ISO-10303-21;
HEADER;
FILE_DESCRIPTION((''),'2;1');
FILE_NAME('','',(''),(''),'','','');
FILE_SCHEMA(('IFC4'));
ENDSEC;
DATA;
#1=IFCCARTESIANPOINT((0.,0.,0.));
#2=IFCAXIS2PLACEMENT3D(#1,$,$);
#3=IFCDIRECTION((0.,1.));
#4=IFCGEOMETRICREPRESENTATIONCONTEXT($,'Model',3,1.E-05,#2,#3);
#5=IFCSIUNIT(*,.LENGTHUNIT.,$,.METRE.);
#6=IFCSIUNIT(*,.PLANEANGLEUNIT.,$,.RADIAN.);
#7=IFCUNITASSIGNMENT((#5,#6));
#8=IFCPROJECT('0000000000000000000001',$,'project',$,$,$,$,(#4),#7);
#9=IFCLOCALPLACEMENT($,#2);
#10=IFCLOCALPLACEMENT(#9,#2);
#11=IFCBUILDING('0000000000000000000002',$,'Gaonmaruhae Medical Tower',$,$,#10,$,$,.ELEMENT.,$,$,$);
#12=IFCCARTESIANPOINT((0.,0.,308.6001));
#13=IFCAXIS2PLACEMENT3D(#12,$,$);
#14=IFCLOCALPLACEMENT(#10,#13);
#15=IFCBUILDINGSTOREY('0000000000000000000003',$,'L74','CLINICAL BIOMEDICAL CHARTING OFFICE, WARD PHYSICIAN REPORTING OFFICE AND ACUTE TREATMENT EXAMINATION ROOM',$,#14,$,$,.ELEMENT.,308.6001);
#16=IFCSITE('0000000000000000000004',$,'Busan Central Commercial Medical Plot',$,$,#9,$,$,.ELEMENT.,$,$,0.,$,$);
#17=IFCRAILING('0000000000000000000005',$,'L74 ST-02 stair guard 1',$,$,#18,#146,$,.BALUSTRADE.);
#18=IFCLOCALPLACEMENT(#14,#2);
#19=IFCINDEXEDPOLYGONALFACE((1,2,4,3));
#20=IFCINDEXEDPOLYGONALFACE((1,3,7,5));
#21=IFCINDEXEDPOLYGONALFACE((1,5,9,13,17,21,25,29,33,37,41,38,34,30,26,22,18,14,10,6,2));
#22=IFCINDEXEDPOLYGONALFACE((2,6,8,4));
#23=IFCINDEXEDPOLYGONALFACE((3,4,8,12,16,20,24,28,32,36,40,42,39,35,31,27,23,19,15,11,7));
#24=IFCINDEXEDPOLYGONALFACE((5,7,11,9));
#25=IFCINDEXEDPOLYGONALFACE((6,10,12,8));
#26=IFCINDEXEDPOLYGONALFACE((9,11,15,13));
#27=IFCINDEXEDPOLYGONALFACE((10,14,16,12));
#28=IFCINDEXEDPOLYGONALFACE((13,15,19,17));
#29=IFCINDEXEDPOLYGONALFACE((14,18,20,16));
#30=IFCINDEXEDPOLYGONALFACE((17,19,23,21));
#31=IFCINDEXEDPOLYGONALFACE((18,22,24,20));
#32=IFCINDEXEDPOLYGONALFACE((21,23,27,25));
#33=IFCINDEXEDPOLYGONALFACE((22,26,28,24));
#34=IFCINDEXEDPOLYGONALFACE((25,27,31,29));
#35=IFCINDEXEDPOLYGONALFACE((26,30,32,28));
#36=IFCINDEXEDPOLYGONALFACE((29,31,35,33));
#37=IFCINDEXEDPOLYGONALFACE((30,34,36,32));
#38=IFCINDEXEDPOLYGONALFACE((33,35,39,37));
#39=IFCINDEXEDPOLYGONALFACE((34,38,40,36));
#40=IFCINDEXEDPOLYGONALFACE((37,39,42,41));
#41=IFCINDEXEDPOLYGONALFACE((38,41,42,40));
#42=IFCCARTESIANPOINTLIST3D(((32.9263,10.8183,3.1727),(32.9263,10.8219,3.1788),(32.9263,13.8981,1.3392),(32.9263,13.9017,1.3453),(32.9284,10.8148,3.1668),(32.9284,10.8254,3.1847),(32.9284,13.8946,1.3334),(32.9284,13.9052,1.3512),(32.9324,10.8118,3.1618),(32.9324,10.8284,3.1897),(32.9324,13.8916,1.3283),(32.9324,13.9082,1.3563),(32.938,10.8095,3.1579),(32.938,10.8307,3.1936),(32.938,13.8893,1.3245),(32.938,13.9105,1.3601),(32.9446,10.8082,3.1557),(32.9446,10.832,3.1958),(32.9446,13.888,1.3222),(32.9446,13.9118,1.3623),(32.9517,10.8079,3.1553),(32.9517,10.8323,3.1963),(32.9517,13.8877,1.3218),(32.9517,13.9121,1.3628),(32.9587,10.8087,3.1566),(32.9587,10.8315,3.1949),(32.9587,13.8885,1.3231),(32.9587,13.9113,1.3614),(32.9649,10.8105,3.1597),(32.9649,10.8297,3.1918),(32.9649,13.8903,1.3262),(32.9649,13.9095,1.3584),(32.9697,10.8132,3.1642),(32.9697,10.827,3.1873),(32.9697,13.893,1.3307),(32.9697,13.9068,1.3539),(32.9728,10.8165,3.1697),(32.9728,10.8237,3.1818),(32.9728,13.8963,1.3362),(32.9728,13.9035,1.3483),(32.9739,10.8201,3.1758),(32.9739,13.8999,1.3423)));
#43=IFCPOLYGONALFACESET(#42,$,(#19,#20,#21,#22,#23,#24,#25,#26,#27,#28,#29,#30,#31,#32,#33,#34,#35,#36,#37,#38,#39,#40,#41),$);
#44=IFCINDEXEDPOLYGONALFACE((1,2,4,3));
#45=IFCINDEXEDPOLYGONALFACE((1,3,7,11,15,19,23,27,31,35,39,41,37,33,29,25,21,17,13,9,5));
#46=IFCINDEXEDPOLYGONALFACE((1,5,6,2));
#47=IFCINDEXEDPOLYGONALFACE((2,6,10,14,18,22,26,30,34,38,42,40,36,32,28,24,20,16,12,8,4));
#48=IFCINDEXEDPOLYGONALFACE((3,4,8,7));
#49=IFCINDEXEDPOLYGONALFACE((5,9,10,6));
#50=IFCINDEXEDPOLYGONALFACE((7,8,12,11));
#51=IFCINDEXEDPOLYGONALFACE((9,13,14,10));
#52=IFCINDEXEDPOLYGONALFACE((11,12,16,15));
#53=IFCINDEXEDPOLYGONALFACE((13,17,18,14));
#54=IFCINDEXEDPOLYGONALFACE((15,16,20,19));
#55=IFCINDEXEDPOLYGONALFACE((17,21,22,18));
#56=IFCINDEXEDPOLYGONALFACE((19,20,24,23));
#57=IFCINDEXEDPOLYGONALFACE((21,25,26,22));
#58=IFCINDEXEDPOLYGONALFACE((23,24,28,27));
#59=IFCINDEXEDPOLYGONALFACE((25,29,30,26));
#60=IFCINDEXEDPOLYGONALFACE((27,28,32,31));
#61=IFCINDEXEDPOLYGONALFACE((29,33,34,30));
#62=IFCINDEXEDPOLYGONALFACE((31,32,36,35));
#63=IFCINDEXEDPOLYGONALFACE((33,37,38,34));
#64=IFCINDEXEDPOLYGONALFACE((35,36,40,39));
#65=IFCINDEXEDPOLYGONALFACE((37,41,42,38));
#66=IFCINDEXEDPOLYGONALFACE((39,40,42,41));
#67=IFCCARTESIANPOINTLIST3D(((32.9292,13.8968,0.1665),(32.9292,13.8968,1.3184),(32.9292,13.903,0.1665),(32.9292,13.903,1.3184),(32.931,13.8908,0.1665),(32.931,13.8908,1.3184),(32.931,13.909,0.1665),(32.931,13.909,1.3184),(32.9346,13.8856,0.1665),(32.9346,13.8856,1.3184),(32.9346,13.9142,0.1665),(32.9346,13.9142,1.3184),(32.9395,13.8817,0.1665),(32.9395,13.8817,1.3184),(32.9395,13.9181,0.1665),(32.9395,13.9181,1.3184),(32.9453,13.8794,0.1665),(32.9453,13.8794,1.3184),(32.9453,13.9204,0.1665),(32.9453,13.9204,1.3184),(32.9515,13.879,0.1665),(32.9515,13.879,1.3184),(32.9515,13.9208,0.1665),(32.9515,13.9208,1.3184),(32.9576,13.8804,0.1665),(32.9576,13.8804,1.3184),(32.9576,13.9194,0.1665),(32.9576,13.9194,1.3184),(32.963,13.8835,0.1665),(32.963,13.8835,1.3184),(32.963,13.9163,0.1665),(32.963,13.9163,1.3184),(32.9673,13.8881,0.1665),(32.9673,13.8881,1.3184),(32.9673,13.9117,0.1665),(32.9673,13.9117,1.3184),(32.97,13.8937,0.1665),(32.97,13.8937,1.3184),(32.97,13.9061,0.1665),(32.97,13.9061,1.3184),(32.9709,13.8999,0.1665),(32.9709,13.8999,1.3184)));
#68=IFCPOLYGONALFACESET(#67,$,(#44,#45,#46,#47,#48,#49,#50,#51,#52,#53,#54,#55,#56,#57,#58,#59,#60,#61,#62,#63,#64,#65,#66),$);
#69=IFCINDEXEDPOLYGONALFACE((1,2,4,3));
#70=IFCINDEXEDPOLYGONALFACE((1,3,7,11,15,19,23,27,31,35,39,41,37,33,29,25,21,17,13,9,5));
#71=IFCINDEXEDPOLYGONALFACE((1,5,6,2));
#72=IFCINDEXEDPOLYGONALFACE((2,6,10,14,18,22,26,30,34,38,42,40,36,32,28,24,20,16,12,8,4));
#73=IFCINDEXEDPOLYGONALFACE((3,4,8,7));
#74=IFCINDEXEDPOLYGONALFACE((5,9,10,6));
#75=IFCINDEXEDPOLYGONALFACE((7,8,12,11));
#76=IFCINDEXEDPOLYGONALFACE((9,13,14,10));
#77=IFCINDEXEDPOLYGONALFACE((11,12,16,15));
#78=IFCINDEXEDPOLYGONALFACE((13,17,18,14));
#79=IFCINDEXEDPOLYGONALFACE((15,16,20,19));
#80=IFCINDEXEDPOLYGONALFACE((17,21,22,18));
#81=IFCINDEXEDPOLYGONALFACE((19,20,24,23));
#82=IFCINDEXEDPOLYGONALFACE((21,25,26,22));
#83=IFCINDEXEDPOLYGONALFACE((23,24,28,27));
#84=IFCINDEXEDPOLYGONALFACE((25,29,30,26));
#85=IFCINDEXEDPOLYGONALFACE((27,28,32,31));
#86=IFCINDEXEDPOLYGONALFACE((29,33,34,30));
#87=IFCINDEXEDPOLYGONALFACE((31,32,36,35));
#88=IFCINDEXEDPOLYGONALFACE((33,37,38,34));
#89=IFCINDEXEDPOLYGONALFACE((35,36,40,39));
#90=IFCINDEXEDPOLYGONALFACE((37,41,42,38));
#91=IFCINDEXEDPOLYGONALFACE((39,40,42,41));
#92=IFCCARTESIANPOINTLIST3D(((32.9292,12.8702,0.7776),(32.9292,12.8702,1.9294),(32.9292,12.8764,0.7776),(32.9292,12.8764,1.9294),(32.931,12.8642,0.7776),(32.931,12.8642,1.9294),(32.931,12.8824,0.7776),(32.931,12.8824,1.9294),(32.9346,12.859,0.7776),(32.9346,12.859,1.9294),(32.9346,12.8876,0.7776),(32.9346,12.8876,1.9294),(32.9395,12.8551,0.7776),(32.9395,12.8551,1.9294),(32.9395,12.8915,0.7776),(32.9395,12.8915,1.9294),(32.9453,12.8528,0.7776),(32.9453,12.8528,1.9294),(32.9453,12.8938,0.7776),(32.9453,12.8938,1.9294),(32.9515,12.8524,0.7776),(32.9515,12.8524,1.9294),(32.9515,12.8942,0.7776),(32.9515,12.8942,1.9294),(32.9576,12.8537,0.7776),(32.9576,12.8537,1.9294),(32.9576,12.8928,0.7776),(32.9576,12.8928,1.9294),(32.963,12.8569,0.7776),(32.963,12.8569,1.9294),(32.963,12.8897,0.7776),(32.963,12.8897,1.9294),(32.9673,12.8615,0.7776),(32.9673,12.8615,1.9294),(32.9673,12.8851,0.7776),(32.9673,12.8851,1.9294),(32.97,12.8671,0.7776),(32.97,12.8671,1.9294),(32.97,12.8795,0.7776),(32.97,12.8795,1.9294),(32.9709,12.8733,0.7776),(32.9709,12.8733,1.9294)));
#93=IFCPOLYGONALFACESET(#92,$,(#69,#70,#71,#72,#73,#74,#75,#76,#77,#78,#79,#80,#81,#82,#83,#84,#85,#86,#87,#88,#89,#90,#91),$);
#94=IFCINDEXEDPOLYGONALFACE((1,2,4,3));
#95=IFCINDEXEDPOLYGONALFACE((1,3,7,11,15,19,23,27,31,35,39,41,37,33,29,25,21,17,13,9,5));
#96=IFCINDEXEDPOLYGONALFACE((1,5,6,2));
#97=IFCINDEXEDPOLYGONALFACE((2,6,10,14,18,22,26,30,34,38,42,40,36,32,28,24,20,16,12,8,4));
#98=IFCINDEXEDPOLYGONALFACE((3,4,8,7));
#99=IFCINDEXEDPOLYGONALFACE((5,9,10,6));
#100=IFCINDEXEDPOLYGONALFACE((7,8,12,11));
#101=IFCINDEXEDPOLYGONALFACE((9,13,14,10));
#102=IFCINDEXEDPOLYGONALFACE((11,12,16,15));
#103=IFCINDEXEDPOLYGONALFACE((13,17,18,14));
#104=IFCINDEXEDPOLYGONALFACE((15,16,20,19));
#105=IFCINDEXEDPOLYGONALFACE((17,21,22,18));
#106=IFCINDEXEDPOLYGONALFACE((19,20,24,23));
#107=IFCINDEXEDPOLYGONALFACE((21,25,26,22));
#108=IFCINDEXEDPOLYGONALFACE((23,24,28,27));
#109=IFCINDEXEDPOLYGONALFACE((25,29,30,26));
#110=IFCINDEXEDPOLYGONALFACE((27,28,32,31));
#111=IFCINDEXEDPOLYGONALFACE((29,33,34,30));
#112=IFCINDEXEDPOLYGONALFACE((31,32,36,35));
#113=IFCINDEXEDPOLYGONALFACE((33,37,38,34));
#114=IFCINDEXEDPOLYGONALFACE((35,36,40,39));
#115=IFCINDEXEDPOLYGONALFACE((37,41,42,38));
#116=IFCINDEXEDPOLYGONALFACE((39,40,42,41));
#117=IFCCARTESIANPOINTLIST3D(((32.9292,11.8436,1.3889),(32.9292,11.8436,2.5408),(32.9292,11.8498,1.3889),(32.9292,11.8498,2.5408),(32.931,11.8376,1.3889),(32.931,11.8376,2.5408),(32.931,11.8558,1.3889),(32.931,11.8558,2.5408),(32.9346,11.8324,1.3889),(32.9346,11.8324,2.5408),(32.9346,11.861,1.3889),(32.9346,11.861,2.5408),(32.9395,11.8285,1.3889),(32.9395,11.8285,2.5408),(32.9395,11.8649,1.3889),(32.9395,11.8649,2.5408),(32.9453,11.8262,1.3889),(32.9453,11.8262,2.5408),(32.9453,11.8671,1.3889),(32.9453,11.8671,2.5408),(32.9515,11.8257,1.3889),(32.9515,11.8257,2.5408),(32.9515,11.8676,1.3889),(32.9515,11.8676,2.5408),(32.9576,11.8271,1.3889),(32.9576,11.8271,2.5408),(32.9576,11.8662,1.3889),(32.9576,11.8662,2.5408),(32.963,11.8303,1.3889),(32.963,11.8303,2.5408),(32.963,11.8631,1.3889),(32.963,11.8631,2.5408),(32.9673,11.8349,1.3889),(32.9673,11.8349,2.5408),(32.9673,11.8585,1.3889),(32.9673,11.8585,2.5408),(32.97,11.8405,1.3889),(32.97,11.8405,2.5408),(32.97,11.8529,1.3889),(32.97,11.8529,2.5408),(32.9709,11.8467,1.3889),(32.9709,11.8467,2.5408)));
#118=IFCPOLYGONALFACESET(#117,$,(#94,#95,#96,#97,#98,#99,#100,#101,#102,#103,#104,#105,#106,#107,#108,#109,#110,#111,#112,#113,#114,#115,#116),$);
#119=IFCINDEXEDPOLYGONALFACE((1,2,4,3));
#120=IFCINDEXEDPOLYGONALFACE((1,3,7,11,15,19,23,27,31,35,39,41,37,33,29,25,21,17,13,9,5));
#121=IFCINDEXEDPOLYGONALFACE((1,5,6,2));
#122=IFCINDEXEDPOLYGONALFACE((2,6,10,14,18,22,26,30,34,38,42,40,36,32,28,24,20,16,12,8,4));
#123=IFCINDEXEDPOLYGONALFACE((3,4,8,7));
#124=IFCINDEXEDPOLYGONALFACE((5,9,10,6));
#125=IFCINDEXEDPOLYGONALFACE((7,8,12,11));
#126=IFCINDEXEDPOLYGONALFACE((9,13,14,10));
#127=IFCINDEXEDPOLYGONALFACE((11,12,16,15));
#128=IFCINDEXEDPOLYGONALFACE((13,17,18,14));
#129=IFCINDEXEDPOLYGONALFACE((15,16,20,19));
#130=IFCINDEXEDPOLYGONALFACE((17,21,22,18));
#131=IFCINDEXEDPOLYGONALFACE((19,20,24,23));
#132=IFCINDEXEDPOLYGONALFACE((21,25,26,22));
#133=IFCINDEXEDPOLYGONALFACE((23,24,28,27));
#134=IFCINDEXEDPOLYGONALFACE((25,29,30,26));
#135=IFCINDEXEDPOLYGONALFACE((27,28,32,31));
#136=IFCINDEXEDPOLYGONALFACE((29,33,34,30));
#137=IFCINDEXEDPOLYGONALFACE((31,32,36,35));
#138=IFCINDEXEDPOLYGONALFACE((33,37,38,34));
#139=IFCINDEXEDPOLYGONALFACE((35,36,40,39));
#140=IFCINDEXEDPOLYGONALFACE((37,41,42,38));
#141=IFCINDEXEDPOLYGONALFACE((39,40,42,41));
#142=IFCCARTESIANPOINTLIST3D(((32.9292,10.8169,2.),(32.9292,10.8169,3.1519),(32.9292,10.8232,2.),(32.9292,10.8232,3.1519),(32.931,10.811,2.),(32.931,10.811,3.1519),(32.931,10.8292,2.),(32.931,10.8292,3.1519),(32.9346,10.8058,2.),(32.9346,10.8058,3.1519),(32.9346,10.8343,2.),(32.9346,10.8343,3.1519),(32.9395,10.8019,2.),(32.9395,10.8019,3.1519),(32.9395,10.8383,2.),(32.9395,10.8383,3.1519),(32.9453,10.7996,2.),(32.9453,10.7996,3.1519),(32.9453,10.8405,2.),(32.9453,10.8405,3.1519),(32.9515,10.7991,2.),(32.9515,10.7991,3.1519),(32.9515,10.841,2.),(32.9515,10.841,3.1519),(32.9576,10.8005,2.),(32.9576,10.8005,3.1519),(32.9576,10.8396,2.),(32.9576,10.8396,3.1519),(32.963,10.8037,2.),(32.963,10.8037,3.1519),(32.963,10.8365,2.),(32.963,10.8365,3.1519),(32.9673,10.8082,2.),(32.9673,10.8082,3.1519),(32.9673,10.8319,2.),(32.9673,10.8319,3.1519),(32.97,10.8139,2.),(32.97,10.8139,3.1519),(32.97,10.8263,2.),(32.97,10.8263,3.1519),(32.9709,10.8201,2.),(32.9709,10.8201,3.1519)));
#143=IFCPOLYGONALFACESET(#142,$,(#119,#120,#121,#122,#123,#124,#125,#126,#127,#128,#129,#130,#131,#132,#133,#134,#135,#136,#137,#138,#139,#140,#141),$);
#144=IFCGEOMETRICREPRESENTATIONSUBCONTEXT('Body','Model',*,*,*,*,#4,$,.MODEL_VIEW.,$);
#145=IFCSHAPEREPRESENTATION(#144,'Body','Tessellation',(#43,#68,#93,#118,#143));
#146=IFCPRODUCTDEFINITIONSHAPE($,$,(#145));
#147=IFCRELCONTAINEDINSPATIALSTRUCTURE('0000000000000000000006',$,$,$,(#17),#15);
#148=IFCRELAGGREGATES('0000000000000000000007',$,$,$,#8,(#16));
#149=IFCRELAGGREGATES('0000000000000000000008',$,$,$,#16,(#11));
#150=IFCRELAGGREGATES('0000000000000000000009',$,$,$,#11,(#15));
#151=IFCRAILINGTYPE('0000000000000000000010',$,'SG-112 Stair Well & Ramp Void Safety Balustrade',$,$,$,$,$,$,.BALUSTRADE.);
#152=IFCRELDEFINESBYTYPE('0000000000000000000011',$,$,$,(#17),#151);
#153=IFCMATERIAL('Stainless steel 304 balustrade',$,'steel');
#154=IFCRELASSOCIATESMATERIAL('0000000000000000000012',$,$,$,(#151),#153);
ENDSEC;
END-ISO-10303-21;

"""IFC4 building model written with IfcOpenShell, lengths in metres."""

from ifc_helpers import new_model, si_unit, direction, frame, origin, origin_2d, place, context, subcontext, project, spatial, circle, extrude, material, type_object, element, save


model = new_model("IFC4")

# Units and contexts
model_context = context("Model", 3, precision=1e-05, world=origin(), true_north=direction((0.0, 1.0)))
body_context = subcontext(model_context, "Body", "Model", "MODEL_VIEW")
ifc_project = project(units=[si_unit("LENGTHUNIT", "METRE"), si_unit("PLANEANGLEUNIT", "RADIAN")], contexts=[model_context])

# Site, building, storey
site_placement = place(None, origin())
site = spatial("IfcSite", under=ifc_project, at=site_placement, Name="Busan Central Commercial Medical Plot", CompositionType="ELEMENT", RefElevation=0.0)
building_placement = place(site_placement, origin())
building = spatial("IfcBuilding", under=site, at=building_placement, Name="Gaonmaruhae Medical Tower", CompositionType="ELEMENT")
storey_placement = place(building_placement, frame((0.0, 0.0, 308.6001)))
storey = spatial("IfcBuildingStorey", under=building, at=storey_placement, Name="L74", Description="CLINICAL BIOMEDICAL CHARTING OFFICE, WARD PHYSICIAN REPORTING OFFICE AND ACUTE TREATMENT EXAMINATION ROOM", CompositionType="ELEMENT", Elevation=308.6001)

# Railing
ifc_material_1 = material(Name="Stainless steel 304 balustrade", Category="steel")
railing_type_1 = type_object("IfcRailingType", Name="SG-112 Stair Well & Ramp Void Safety Balustrade", PredefinedType="BALUSTRADE", material=ifc_material_1)
railing_1_placement = place(storey_placement, frame((32.95, 13.8999, 0.1665)))
element("IfcRailing", 1, at=railing_1_placement, inside=storey, type_object=railing_type_1, Name="L74 ST-02 stair guard 1", PredefinedType="BALUSTRADE", context=body_context, shape_type="SweptSolid", body=[
    extrude(circle(Radius=0.0239, at=origin_2d()), frame((0.0, 0.0, 1.1758), z_axis=(0.0, -0.859261, 0.511538), x_axis=(1.0, 0.0, 0.0)), (0.0, 0.0, 1.0), 3.5842),
    extrude(circle(Radius=0.021, at=origin_2d()), origin(), (0.0, 0.0, 1.0), 1.1519),
    extrude(circle(Radius=0.021, at=origin_2d()), frame((0.0, -1.0266, 0.6111)), (0.0, 0.0, 1.0), 1.1519),
    extrude(circle(Radius=0.021, at=origin_2d()), frame((0.0, -2.0532, 1.2224)), (0.0, 0.0, 1.0), 1.1519),
    extrude(circle(Radius=0.021, at=origin_2d()), frame((0.0, -3.0798, 1.8335)), (0.0, 0.0, 1.0), 1.1519),
])

save(model, "model.ifc")
